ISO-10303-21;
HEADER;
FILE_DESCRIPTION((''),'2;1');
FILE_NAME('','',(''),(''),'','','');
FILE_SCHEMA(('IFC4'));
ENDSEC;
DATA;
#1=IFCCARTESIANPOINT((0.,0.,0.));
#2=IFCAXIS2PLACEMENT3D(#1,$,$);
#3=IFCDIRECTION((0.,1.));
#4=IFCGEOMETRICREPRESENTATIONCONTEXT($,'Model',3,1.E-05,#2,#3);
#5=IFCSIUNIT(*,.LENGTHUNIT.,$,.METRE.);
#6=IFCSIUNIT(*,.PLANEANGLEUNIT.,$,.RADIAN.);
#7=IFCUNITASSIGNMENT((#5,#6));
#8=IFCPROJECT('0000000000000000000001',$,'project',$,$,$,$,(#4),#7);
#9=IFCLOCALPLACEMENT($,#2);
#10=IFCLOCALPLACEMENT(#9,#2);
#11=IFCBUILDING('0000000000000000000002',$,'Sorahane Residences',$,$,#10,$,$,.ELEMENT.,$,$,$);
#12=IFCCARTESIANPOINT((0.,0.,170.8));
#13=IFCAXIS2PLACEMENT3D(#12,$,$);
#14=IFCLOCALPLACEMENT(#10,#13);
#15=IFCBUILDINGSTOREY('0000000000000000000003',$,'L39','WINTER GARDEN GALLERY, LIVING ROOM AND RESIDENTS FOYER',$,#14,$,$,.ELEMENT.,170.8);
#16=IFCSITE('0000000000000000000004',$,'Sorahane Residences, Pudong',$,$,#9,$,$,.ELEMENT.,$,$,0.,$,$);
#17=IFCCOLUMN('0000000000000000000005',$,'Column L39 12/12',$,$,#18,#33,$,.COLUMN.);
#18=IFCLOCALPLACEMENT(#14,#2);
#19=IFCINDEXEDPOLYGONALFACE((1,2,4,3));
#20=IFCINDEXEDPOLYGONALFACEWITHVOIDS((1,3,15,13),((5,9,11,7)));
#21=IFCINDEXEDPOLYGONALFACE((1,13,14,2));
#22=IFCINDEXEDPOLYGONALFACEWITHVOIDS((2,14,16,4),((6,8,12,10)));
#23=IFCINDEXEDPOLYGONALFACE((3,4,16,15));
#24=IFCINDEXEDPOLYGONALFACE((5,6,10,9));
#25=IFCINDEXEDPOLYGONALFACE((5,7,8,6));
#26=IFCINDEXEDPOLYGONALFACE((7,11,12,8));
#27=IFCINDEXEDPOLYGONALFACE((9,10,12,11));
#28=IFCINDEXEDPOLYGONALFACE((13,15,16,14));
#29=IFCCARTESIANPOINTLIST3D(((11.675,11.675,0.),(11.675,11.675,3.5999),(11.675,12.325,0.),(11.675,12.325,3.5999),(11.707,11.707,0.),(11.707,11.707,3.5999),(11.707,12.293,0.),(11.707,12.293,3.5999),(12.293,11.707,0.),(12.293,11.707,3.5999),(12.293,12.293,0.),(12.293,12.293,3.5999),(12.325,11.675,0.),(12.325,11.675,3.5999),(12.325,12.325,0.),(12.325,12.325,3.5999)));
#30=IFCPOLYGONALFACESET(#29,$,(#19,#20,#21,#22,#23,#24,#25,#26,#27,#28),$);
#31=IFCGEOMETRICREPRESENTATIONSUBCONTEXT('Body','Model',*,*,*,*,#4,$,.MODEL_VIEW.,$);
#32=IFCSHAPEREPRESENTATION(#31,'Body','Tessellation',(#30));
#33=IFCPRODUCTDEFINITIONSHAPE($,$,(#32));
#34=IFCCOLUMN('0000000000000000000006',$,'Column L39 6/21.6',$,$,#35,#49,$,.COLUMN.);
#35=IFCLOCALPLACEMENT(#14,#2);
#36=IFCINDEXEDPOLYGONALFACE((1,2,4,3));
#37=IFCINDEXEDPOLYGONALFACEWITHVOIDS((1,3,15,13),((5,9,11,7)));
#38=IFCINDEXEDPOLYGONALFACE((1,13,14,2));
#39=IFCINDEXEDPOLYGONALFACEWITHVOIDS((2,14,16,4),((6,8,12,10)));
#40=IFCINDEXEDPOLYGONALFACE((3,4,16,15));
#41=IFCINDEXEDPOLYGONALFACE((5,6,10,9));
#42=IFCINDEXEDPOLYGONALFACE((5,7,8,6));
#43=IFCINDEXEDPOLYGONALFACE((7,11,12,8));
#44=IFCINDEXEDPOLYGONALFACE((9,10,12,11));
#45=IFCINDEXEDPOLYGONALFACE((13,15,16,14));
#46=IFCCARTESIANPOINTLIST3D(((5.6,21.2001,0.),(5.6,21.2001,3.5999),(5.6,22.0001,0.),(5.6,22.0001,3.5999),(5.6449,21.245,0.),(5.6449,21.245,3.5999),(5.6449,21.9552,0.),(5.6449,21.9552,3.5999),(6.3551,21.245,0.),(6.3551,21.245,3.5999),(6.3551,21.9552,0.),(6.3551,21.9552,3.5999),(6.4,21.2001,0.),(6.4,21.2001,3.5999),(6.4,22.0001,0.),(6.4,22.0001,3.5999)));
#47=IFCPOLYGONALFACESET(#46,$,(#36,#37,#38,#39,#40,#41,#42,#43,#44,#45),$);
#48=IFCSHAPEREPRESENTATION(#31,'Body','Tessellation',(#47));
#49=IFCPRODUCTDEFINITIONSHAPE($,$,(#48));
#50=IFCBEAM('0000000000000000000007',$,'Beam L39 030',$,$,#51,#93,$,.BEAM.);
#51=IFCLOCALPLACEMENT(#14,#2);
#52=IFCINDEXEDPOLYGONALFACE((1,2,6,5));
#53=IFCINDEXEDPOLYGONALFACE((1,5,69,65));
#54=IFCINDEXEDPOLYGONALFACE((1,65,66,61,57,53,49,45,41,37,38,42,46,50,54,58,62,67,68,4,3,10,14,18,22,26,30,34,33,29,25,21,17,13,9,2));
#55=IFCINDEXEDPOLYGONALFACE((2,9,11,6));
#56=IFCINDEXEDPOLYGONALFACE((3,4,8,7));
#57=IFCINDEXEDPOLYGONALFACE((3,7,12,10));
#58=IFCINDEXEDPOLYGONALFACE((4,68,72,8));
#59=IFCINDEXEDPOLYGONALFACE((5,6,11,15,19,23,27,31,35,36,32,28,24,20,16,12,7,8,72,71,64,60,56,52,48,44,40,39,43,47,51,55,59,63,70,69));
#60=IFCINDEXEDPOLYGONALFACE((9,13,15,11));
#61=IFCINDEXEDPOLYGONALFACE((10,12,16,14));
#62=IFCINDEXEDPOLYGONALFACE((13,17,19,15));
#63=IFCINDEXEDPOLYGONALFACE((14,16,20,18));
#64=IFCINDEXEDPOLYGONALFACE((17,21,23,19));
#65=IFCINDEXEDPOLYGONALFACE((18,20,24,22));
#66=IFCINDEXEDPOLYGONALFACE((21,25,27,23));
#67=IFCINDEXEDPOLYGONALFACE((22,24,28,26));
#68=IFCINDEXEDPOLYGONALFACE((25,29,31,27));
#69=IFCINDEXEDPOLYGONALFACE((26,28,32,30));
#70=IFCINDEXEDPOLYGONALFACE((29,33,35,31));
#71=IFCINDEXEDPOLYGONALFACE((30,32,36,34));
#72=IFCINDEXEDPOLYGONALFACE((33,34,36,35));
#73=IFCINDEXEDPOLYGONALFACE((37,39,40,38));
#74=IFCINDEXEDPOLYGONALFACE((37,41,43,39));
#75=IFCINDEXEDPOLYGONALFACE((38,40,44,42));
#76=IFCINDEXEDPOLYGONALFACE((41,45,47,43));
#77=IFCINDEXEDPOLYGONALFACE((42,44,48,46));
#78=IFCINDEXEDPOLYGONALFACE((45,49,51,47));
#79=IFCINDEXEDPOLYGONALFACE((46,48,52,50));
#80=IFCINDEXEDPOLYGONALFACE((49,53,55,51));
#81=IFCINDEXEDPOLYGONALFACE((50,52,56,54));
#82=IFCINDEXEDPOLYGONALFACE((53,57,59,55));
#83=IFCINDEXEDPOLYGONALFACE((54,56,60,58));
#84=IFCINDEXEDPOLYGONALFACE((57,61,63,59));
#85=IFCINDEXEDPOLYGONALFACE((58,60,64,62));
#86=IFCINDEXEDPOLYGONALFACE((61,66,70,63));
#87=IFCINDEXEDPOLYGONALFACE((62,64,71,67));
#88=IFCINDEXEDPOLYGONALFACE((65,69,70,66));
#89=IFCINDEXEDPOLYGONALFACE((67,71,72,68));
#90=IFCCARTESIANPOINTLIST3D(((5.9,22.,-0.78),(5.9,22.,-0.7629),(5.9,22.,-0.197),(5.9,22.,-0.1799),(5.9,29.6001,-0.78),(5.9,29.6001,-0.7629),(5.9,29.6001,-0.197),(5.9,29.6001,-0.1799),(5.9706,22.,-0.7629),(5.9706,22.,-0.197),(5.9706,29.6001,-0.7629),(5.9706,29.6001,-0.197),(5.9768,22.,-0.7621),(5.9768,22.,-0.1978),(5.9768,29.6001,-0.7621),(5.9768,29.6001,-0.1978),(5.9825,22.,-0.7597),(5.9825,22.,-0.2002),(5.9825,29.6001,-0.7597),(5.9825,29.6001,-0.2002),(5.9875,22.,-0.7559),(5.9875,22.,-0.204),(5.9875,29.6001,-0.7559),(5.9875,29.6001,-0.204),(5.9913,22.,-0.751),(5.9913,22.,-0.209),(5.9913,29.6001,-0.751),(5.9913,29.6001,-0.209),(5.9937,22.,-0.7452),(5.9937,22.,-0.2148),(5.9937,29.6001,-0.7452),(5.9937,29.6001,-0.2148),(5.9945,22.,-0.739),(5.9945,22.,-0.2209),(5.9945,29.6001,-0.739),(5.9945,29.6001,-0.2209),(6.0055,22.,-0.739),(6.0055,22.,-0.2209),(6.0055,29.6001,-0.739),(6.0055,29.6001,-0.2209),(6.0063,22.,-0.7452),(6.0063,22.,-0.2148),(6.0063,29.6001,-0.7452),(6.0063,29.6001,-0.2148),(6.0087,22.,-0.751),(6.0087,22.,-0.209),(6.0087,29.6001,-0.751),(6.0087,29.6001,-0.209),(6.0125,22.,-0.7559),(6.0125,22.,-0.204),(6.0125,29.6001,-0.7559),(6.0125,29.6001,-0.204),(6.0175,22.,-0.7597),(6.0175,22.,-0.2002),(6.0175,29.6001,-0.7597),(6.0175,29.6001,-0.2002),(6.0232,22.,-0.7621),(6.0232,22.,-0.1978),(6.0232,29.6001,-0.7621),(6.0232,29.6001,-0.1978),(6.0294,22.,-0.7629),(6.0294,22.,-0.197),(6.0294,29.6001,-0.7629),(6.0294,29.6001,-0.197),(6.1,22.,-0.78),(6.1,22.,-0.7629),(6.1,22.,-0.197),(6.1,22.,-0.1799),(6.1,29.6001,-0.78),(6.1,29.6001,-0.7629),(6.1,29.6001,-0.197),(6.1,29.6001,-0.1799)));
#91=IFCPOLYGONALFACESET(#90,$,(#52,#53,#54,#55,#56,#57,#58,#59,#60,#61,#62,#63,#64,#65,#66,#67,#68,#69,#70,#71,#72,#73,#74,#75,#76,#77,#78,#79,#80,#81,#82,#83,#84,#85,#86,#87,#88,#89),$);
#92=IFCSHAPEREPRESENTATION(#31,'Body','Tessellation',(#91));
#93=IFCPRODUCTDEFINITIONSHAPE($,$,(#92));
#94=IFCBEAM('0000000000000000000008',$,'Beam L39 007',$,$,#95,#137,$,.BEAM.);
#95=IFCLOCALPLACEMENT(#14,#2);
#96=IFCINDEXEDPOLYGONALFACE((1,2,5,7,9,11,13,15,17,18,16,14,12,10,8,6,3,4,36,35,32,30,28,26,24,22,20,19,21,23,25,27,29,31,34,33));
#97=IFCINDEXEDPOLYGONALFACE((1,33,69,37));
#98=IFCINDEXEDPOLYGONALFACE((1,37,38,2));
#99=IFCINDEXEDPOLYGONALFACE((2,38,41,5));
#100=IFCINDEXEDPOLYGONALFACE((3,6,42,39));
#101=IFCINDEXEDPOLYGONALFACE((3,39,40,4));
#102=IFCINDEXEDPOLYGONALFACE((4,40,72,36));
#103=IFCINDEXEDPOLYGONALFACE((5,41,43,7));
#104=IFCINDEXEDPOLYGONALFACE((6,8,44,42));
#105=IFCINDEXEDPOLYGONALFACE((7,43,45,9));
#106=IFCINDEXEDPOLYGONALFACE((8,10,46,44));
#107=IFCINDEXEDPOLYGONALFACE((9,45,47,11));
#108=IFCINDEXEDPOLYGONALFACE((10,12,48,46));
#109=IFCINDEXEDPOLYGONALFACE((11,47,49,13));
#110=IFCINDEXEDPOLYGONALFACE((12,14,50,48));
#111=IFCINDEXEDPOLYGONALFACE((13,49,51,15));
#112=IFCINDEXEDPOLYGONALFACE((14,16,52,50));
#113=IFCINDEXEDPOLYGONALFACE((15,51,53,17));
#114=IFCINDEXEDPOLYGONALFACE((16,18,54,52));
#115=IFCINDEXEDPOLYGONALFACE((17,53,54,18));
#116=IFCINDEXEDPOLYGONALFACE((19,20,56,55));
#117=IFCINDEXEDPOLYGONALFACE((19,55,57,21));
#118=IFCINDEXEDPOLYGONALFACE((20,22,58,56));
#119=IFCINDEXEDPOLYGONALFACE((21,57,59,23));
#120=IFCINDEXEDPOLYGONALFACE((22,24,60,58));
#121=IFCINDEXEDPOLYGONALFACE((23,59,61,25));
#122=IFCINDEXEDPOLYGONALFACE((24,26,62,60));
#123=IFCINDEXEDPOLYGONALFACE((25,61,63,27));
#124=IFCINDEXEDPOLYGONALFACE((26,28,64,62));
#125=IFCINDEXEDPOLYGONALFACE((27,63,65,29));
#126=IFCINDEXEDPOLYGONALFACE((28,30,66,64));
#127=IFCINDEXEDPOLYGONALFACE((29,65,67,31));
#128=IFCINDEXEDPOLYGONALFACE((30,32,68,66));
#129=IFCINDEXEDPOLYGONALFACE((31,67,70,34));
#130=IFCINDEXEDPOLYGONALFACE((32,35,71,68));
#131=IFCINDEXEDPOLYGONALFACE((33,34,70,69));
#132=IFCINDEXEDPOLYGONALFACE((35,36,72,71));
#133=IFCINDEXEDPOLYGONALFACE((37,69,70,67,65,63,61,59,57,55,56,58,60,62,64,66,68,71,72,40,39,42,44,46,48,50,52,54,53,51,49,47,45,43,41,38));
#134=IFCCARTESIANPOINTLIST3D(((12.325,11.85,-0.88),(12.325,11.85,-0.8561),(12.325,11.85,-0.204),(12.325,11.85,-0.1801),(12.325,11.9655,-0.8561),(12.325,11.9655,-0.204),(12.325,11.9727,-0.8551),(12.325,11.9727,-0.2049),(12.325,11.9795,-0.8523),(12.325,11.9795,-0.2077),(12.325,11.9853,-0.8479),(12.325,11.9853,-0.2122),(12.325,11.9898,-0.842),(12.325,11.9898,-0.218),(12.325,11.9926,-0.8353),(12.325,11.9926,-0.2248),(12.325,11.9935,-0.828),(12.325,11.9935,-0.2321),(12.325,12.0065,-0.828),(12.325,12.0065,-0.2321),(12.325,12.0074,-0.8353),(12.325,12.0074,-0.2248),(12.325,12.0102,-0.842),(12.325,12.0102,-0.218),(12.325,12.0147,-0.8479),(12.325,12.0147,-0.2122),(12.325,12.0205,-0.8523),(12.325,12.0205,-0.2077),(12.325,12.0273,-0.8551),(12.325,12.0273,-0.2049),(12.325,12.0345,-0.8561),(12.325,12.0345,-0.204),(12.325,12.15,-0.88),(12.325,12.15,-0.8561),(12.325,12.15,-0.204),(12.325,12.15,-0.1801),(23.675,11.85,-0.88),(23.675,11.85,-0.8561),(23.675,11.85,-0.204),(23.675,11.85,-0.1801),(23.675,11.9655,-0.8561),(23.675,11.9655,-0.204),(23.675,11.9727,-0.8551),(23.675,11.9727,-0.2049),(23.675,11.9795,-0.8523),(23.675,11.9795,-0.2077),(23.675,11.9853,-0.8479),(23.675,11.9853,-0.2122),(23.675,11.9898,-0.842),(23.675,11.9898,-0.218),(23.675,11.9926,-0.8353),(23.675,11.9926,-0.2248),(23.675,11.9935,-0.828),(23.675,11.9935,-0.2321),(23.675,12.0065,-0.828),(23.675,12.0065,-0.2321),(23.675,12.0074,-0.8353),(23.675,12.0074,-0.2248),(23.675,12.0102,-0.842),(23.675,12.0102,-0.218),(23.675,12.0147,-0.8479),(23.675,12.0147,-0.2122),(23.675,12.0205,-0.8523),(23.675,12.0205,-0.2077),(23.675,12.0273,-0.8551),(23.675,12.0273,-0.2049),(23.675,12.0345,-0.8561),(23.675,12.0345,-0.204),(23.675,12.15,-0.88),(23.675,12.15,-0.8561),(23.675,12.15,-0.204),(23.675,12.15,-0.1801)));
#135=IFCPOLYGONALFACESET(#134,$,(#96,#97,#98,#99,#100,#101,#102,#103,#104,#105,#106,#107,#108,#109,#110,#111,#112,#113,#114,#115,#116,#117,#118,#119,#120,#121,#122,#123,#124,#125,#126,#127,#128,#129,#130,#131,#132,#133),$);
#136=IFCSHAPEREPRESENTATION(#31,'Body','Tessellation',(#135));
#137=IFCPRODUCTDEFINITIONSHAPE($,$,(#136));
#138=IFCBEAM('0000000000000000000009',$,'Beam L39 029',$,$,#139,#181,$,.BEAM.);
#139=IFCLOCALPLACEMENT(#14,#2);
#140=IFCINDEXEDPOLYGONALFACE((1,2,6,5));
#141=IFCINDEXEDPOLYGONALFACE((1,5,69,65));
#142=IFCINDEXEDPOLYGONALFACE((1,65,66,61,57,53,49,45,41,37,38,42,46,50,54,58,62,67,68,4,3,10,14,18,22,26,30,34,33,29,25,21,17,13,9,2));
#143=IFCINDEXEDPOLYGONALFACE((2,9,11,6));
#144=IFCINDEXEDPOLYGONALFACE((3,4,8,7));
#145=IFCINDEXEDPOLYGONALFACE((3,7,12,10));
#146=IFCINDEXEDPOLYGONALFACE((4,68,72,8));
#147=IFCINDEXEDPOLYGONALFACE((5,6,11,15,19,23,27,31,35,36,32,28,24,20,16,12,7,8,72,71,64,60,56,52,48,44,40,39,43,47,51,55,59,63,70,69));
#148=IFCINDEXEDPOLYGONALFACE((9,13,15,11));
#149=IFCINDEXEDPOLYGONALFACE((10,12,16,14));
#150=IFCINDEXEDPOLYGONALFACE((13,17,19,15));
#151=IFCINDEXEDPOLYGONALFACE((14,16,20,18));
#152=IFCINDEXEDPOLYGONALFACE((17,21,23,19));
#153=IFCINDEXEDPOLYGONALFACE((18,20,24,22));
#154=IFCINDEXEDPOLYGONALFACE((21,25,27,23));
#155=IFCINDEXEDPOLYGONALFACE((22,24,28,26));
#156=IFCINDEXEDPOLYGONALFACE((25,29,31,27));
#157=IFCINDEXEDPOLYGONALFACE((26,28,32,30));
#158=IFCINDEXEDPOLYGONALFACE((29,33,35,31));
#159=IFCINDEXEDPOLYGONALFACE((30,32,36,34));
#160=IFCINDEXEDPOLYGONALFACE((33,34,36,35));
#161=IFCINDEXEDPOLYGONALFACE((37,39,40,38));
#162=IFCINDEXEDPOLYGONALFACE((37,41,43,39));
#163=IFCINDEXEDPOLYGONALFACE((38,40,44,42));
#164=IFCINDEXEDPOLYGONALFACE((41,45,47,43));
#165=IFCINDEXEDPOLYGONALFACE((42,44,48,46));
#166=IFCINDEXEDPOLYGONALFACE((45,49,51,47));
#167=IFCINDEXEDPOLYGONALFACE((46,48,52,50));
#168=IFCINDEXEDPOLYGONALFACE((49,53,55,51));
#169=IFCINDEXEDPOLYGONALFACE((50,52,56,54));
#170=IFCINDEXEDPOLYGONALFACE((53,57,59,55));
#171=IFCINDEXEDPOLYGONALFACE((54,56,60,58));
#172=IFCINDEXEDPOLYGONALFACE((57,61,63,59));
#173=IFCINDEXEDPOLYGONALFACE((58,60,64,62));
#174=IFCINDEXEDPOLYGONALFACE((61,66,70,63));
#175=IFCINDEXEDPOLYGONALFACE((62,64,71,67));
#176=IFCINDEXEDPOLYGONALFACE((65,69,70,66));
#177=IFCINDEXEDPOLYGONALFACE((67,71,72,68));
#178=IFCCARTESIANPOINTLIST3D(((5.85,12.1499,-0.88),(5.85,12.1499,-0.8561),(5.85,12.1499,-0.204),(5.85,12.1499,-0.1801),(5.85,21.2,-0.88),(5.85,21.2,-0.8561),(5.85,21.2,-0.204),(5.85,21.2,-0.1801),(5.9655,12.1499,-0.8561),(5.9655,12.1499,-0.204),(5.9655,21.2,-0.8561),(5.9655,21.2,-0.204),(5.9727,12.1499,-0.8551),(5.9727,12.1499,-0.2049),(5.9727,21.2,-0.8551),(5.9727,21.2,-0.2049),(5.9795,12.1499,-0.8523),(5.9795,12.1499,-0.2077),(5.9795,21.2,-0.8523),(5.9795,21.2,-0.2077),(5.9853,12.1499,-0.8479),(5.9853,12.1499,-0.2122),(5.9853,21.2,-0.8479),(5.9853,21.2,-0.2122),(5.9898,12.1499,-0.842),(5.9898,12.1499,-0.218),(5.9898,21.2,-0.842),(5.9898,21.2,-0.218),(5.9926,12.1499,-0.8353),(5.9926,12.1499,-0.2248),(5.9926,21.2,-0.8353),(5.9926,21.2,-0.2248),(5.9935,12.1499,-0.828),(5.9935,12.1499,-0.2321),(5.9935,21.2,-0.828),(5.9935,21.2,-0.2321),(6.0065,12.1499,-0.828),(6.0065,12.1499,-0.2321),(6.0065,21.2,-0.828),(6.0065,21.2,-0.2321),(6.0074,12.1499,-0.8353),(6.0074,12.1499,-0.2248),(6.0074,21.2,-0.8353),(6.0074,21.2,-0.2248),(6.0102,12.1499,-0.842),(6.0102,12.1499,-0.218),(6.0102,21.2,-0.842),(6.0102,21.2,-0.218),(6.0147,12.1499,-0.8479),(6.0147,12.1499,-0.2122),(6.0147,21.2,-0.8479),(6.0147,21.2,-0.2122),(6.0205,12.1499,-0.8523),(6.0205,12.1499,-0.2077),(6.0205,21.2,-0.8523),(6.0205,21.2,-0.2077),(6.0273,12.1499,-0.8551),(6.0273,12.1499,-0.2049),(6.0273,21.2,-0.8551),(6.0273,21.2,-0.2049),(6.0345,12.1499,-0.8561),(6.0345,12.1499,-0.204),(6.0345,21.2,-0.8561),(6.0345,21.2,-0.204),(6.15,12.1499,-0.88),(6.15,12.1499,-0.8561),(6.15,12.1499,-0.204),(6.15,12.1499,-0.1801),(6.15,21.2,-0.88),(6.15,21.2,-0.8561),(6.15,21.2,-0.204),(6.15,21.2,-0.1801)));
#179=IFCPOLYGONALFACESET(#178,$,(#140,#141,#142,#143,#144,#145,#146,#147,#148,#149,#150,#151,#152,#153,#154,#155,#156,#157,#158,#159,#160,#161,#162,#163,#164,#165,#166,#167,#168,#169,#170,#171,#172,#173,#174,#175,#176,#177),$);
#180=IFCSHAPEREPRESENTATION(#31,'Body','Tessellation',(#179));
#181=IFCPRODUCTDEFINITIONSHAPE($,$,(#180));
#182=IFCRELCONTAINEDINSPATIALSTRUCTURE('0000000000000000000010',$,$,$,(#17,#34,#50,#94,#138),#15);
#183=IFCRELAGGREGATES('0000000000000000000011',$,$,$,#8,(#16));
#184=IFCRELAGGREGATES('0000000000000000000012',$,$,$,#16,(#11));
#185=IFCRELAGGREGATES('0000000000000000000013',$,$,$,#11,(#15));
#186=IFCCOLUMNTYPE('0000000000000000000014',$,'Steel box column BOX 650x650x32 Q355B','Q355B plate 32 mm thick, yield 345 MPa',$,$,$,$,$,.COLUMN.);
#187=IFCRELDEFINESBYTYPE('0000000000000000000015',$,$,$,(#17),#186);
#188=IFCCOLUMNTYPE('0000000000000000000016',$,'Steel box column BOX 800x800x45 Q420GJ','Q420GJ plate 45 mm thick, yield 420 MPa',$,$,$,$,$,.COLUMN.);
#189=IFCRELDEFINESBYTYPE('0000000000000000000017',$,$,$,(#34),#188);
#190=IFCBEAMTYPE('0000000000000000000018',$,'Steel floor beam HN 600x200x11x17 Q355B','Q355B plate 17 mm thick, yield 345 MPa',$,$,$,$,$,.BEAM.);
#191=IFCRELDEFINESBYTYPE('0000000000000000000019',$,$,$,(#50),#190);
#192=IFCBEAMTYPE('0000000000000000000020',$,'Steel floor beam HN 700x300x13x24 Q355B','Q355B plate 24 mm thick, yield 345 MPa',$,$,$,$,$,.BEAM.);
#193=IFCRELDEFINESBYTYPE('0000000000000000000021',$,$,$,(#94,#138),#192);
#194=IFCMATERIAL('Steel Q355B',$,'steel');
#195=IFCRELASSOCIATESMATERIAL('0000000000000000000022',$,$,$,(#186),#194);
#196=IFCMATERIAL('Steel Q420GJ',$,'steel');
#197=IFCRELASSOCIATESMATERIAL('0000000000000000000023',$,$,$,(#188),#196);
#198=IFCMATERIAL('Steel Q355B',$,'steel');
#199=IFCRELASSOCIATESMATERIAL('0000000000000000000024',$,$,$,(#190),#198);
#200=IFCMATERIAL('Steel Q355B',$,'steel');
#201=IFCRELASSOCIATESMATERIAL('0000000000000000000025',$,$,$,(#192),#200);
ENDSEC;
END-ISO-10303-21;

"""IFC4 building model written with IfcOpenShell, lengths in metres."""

from ifc_helpers import new_model, si_unit, direction, frame, origin, origin_2d, place, context, subcontext, project, spatial, hollow_rectangle, i_section, extrude, material, material_profile, profile_set, type_object, element, save


model = new_model("IFC4")

# Units and contexts
model_context = context("Model", 3, precision=1e-05, world=origin(), true_north=direction((0.0, 1.0)))
body_context = subcontext(model_context, "Body", "Model", "MODEL_VIEW")
ifc_project = project(units=[si_unit("LENGTHUNIT", "METRE"), si_unit("PLANEANGLEUNIT", "RADIAN")], contexts=[model_context])

# Site, building, storey
site_placement = place(None, origin())
site = spatial("IfcSite", under=ifc_project, at=site_placement, Name="Sorahane Residences, Pudong", CompositionType="ELEMENT", RefElevation=0.0)
building_placement = place(site_placement, origin())
building = spatial("IfcBuilding", under=site, at=building_placement, Name="Sorahane Residences", CompositionType="ELEMENT")
storey_placement = place(building_placement, frame((0.0, 0.0, 170.8)))
storey = spatial("IfcBuildingStorey", under=building, at=storey_placement, Name="L39", Description="WINTER GARDEN GALLERY, LIVING ROOM AND RESIDENTS FOYER", CompositionType="ELEMENT", Elevation=170.8)

# Columns
ifc_material_1 = material(Name="Steel Q355B", Category="steel")
ifc_material_profile_1 = material_profile(ifc_material_1, hollow_rectangle(XDim=0.6499, YDim=0.6499, WallThickness=0.032, at=origin_2d()), Name="BOX 650x650x32")
ifc_profile_set_1 = profile_set([ifc_material_profile_1], Name="Steel Q355B")
column_type_1 = type_object("IfcColumnType", Name="Steel box column BOX 650x650x32 Q355B", Description="Q355B plate 32 mm thick, yield 345 MPa", PredefinedType="COLUMN", material=ifc_profile_set_1)
column_1_placement = place(storey_placement, frame((12.0, 12.0, 0.0), z_axis=(0.0, 0.0, 1.0), x_axis=(1.0, 0.0, 0.0)))
element("IfcColumn", 1, at=column_1_placement, inside=storey, type_object=column_type_1, Name="Column L39 12/12", PredefinedType="COLUMN", context=body_context, shape_type="SweptSolid", body=[
    extrude(hollow_rectangle(XDim=0.6499, YDim=0.6499, WallThickness=0.032, at=origin_2d()), origin(), (0.0, 0.0, 1.0), 3.5999),
])
ifc_material_2 = material(Name="Steel Q420GJ", Category="steel")
ifc_material_profile_2 = material_profile(ifc_material_2, hollow_rectangle(XDim=0.8, YDim=0.8, WallThickness=0.0449, at=origin_2d()), Name="BOX 800x800x45")
ifc_profile_set_2 = profile_set([ifc_material_profile_2], Name="Steel Q420GJ")
column_type_2 = type_object("IfcColumnType", Name="Steel box column BOX 800x800x45 Q420GJ", Description="Q420GJ plate 45 mm thick, yield 420 MPa", PredefinedType="COLUMN", material=ifc_profile_set_2)
column_2_placement = place(storey_placement, frame((6.0, 21.6001, 0.0), z_axis=(0.0, 0.0, 1.0), x_axis=(1.0, 0.0, 0.0)))
element("IfcColumn", 2, at=column_2_placement, inside=storey, type_object=column_type_2, Name="Column L39 6/21.6", PredefinedType="COLUMN", context=body_context, shape_type="SweptSolid", body=[
    extrude(hollow_rectangle(XDim=0.8, YDim=0.8, WallThickness=0.0449, at=origin_2d()), origin(), (0.0, 0.0, 1.0), 3.5999),
])

# Beams
ifc_material_3 = material(Name="Steel Q355B", Category="steel")
ifc_material_profile_3 = material_profile(ifc_material_3, i_section(OverallWidth=0.2, OverallDepth=0.6001, WebThickness=0.011, FlangeThickness=0.0171, FilletRadius=0.0239, at=origin_2d()), Name="HN 600x200x11x17")
ifc_profile_set_3 = profile_set([ifc_material_profile_3], Name="Steel Q355B")
beam_type_1 = type_object("IfcBeamType", Name="Steel floor beam HN 600x200x11x17 Q355B", Description="Q355B plate 17 mm thick, yield 345 MPa", PredefinedType="BEAM", material=ifc_profile_set_3)
beam_1_placement = place(storey_placement, frame((6.0, 22.0, -0.48), z_axis=(0.0, 1.0, 0.0), x_axis=(-1.0, 0.0, 0.0)))
element("IfcBeam", 3, at=beam_1_placement, inside=storey, type_object=beam_type_1, Name="Beam L39 030", PredefinedType="BEAM", context=body_context, shape_type="SweptSolid", body=[
    extrude(i_section(OverallWidth=0.2, OverallDepth=0.6001, WebThickness=0.011, FlangeThickness=0.0171, FilletRadius=0.0239, at=origin_2d()), origin(), (0.0, 0.0, 1.0), 7.6001),
])
ifc_material_4 = material(Name="Steel Q355B", Category="steel")
ifc_material_profile_4 = material_profile(ifc_material_4, i_section(OverallWidth=0.3, OverallDepth=0.7, WebThickness=0.0129, FlangeThickness=0.0239, FilletRadius=0.0281, at=origin_2d()), Name="HN 700x300x13x24")
ifc_profile_set_4 = profile_set([ifc_material_profile_4], Name="Steel Q355B")
beam_type_2 = type_object("IfcBeamType", Name="Steel floor beam HN 700x300x13x24 Q355B", Description="Q355B plate 24 mm thick, yield 345 MPa", PredefinedType="BEAM", material=ifc_profile_set_4)
beam_2_placement = place(storey_placement, frame((12.325, 12.0, -0.53), z_axis=(1.0, 0.0, 0.0), x_axis=(0.0, 1.0, 0.0)))
element("IfcBeam", 4, at=beam_2_placement, inside=storey, type_object=beam_type_2, Name="Beam L39 007", PredefinedType="BEAM", context=body_context, shape_type="SweptSolid", body=[
    extrude(i_section(OverallWidth=0.3, OverallDepth=0.7, WebThickness=0.0129, FlangeThickness=0.0239, FilletRadius=0.0281, at=origin_2d()), origin(), (0.0, 0.0, 1.0), 11.3501),
])
beam_3_placement = place(storey_placement, frame((6.0, 12.1499, -0.53), z_axis=(0.0, 1.0, 0.0), x_axis=(-1.0, 0.0, 0.0)))
element("IfcBeam", 5, at=beam_3_placement, inside=storey, type_object=beam_type_2, Name="Beam L39 029", PredefinedType="BEAM", context=body_context, shape_type="SweptSolid", body=[
    extrude(i_section(OverallWidth=0.3, OverallDepth=0.7, WebThickness=0.0129, FlangeThickness=0.0239, FilletRadius=0.0281, at=origin_2d()), origin(), (0.0, 0.0, 1.0), 9.05),
])

save(model, "model.ifc")
